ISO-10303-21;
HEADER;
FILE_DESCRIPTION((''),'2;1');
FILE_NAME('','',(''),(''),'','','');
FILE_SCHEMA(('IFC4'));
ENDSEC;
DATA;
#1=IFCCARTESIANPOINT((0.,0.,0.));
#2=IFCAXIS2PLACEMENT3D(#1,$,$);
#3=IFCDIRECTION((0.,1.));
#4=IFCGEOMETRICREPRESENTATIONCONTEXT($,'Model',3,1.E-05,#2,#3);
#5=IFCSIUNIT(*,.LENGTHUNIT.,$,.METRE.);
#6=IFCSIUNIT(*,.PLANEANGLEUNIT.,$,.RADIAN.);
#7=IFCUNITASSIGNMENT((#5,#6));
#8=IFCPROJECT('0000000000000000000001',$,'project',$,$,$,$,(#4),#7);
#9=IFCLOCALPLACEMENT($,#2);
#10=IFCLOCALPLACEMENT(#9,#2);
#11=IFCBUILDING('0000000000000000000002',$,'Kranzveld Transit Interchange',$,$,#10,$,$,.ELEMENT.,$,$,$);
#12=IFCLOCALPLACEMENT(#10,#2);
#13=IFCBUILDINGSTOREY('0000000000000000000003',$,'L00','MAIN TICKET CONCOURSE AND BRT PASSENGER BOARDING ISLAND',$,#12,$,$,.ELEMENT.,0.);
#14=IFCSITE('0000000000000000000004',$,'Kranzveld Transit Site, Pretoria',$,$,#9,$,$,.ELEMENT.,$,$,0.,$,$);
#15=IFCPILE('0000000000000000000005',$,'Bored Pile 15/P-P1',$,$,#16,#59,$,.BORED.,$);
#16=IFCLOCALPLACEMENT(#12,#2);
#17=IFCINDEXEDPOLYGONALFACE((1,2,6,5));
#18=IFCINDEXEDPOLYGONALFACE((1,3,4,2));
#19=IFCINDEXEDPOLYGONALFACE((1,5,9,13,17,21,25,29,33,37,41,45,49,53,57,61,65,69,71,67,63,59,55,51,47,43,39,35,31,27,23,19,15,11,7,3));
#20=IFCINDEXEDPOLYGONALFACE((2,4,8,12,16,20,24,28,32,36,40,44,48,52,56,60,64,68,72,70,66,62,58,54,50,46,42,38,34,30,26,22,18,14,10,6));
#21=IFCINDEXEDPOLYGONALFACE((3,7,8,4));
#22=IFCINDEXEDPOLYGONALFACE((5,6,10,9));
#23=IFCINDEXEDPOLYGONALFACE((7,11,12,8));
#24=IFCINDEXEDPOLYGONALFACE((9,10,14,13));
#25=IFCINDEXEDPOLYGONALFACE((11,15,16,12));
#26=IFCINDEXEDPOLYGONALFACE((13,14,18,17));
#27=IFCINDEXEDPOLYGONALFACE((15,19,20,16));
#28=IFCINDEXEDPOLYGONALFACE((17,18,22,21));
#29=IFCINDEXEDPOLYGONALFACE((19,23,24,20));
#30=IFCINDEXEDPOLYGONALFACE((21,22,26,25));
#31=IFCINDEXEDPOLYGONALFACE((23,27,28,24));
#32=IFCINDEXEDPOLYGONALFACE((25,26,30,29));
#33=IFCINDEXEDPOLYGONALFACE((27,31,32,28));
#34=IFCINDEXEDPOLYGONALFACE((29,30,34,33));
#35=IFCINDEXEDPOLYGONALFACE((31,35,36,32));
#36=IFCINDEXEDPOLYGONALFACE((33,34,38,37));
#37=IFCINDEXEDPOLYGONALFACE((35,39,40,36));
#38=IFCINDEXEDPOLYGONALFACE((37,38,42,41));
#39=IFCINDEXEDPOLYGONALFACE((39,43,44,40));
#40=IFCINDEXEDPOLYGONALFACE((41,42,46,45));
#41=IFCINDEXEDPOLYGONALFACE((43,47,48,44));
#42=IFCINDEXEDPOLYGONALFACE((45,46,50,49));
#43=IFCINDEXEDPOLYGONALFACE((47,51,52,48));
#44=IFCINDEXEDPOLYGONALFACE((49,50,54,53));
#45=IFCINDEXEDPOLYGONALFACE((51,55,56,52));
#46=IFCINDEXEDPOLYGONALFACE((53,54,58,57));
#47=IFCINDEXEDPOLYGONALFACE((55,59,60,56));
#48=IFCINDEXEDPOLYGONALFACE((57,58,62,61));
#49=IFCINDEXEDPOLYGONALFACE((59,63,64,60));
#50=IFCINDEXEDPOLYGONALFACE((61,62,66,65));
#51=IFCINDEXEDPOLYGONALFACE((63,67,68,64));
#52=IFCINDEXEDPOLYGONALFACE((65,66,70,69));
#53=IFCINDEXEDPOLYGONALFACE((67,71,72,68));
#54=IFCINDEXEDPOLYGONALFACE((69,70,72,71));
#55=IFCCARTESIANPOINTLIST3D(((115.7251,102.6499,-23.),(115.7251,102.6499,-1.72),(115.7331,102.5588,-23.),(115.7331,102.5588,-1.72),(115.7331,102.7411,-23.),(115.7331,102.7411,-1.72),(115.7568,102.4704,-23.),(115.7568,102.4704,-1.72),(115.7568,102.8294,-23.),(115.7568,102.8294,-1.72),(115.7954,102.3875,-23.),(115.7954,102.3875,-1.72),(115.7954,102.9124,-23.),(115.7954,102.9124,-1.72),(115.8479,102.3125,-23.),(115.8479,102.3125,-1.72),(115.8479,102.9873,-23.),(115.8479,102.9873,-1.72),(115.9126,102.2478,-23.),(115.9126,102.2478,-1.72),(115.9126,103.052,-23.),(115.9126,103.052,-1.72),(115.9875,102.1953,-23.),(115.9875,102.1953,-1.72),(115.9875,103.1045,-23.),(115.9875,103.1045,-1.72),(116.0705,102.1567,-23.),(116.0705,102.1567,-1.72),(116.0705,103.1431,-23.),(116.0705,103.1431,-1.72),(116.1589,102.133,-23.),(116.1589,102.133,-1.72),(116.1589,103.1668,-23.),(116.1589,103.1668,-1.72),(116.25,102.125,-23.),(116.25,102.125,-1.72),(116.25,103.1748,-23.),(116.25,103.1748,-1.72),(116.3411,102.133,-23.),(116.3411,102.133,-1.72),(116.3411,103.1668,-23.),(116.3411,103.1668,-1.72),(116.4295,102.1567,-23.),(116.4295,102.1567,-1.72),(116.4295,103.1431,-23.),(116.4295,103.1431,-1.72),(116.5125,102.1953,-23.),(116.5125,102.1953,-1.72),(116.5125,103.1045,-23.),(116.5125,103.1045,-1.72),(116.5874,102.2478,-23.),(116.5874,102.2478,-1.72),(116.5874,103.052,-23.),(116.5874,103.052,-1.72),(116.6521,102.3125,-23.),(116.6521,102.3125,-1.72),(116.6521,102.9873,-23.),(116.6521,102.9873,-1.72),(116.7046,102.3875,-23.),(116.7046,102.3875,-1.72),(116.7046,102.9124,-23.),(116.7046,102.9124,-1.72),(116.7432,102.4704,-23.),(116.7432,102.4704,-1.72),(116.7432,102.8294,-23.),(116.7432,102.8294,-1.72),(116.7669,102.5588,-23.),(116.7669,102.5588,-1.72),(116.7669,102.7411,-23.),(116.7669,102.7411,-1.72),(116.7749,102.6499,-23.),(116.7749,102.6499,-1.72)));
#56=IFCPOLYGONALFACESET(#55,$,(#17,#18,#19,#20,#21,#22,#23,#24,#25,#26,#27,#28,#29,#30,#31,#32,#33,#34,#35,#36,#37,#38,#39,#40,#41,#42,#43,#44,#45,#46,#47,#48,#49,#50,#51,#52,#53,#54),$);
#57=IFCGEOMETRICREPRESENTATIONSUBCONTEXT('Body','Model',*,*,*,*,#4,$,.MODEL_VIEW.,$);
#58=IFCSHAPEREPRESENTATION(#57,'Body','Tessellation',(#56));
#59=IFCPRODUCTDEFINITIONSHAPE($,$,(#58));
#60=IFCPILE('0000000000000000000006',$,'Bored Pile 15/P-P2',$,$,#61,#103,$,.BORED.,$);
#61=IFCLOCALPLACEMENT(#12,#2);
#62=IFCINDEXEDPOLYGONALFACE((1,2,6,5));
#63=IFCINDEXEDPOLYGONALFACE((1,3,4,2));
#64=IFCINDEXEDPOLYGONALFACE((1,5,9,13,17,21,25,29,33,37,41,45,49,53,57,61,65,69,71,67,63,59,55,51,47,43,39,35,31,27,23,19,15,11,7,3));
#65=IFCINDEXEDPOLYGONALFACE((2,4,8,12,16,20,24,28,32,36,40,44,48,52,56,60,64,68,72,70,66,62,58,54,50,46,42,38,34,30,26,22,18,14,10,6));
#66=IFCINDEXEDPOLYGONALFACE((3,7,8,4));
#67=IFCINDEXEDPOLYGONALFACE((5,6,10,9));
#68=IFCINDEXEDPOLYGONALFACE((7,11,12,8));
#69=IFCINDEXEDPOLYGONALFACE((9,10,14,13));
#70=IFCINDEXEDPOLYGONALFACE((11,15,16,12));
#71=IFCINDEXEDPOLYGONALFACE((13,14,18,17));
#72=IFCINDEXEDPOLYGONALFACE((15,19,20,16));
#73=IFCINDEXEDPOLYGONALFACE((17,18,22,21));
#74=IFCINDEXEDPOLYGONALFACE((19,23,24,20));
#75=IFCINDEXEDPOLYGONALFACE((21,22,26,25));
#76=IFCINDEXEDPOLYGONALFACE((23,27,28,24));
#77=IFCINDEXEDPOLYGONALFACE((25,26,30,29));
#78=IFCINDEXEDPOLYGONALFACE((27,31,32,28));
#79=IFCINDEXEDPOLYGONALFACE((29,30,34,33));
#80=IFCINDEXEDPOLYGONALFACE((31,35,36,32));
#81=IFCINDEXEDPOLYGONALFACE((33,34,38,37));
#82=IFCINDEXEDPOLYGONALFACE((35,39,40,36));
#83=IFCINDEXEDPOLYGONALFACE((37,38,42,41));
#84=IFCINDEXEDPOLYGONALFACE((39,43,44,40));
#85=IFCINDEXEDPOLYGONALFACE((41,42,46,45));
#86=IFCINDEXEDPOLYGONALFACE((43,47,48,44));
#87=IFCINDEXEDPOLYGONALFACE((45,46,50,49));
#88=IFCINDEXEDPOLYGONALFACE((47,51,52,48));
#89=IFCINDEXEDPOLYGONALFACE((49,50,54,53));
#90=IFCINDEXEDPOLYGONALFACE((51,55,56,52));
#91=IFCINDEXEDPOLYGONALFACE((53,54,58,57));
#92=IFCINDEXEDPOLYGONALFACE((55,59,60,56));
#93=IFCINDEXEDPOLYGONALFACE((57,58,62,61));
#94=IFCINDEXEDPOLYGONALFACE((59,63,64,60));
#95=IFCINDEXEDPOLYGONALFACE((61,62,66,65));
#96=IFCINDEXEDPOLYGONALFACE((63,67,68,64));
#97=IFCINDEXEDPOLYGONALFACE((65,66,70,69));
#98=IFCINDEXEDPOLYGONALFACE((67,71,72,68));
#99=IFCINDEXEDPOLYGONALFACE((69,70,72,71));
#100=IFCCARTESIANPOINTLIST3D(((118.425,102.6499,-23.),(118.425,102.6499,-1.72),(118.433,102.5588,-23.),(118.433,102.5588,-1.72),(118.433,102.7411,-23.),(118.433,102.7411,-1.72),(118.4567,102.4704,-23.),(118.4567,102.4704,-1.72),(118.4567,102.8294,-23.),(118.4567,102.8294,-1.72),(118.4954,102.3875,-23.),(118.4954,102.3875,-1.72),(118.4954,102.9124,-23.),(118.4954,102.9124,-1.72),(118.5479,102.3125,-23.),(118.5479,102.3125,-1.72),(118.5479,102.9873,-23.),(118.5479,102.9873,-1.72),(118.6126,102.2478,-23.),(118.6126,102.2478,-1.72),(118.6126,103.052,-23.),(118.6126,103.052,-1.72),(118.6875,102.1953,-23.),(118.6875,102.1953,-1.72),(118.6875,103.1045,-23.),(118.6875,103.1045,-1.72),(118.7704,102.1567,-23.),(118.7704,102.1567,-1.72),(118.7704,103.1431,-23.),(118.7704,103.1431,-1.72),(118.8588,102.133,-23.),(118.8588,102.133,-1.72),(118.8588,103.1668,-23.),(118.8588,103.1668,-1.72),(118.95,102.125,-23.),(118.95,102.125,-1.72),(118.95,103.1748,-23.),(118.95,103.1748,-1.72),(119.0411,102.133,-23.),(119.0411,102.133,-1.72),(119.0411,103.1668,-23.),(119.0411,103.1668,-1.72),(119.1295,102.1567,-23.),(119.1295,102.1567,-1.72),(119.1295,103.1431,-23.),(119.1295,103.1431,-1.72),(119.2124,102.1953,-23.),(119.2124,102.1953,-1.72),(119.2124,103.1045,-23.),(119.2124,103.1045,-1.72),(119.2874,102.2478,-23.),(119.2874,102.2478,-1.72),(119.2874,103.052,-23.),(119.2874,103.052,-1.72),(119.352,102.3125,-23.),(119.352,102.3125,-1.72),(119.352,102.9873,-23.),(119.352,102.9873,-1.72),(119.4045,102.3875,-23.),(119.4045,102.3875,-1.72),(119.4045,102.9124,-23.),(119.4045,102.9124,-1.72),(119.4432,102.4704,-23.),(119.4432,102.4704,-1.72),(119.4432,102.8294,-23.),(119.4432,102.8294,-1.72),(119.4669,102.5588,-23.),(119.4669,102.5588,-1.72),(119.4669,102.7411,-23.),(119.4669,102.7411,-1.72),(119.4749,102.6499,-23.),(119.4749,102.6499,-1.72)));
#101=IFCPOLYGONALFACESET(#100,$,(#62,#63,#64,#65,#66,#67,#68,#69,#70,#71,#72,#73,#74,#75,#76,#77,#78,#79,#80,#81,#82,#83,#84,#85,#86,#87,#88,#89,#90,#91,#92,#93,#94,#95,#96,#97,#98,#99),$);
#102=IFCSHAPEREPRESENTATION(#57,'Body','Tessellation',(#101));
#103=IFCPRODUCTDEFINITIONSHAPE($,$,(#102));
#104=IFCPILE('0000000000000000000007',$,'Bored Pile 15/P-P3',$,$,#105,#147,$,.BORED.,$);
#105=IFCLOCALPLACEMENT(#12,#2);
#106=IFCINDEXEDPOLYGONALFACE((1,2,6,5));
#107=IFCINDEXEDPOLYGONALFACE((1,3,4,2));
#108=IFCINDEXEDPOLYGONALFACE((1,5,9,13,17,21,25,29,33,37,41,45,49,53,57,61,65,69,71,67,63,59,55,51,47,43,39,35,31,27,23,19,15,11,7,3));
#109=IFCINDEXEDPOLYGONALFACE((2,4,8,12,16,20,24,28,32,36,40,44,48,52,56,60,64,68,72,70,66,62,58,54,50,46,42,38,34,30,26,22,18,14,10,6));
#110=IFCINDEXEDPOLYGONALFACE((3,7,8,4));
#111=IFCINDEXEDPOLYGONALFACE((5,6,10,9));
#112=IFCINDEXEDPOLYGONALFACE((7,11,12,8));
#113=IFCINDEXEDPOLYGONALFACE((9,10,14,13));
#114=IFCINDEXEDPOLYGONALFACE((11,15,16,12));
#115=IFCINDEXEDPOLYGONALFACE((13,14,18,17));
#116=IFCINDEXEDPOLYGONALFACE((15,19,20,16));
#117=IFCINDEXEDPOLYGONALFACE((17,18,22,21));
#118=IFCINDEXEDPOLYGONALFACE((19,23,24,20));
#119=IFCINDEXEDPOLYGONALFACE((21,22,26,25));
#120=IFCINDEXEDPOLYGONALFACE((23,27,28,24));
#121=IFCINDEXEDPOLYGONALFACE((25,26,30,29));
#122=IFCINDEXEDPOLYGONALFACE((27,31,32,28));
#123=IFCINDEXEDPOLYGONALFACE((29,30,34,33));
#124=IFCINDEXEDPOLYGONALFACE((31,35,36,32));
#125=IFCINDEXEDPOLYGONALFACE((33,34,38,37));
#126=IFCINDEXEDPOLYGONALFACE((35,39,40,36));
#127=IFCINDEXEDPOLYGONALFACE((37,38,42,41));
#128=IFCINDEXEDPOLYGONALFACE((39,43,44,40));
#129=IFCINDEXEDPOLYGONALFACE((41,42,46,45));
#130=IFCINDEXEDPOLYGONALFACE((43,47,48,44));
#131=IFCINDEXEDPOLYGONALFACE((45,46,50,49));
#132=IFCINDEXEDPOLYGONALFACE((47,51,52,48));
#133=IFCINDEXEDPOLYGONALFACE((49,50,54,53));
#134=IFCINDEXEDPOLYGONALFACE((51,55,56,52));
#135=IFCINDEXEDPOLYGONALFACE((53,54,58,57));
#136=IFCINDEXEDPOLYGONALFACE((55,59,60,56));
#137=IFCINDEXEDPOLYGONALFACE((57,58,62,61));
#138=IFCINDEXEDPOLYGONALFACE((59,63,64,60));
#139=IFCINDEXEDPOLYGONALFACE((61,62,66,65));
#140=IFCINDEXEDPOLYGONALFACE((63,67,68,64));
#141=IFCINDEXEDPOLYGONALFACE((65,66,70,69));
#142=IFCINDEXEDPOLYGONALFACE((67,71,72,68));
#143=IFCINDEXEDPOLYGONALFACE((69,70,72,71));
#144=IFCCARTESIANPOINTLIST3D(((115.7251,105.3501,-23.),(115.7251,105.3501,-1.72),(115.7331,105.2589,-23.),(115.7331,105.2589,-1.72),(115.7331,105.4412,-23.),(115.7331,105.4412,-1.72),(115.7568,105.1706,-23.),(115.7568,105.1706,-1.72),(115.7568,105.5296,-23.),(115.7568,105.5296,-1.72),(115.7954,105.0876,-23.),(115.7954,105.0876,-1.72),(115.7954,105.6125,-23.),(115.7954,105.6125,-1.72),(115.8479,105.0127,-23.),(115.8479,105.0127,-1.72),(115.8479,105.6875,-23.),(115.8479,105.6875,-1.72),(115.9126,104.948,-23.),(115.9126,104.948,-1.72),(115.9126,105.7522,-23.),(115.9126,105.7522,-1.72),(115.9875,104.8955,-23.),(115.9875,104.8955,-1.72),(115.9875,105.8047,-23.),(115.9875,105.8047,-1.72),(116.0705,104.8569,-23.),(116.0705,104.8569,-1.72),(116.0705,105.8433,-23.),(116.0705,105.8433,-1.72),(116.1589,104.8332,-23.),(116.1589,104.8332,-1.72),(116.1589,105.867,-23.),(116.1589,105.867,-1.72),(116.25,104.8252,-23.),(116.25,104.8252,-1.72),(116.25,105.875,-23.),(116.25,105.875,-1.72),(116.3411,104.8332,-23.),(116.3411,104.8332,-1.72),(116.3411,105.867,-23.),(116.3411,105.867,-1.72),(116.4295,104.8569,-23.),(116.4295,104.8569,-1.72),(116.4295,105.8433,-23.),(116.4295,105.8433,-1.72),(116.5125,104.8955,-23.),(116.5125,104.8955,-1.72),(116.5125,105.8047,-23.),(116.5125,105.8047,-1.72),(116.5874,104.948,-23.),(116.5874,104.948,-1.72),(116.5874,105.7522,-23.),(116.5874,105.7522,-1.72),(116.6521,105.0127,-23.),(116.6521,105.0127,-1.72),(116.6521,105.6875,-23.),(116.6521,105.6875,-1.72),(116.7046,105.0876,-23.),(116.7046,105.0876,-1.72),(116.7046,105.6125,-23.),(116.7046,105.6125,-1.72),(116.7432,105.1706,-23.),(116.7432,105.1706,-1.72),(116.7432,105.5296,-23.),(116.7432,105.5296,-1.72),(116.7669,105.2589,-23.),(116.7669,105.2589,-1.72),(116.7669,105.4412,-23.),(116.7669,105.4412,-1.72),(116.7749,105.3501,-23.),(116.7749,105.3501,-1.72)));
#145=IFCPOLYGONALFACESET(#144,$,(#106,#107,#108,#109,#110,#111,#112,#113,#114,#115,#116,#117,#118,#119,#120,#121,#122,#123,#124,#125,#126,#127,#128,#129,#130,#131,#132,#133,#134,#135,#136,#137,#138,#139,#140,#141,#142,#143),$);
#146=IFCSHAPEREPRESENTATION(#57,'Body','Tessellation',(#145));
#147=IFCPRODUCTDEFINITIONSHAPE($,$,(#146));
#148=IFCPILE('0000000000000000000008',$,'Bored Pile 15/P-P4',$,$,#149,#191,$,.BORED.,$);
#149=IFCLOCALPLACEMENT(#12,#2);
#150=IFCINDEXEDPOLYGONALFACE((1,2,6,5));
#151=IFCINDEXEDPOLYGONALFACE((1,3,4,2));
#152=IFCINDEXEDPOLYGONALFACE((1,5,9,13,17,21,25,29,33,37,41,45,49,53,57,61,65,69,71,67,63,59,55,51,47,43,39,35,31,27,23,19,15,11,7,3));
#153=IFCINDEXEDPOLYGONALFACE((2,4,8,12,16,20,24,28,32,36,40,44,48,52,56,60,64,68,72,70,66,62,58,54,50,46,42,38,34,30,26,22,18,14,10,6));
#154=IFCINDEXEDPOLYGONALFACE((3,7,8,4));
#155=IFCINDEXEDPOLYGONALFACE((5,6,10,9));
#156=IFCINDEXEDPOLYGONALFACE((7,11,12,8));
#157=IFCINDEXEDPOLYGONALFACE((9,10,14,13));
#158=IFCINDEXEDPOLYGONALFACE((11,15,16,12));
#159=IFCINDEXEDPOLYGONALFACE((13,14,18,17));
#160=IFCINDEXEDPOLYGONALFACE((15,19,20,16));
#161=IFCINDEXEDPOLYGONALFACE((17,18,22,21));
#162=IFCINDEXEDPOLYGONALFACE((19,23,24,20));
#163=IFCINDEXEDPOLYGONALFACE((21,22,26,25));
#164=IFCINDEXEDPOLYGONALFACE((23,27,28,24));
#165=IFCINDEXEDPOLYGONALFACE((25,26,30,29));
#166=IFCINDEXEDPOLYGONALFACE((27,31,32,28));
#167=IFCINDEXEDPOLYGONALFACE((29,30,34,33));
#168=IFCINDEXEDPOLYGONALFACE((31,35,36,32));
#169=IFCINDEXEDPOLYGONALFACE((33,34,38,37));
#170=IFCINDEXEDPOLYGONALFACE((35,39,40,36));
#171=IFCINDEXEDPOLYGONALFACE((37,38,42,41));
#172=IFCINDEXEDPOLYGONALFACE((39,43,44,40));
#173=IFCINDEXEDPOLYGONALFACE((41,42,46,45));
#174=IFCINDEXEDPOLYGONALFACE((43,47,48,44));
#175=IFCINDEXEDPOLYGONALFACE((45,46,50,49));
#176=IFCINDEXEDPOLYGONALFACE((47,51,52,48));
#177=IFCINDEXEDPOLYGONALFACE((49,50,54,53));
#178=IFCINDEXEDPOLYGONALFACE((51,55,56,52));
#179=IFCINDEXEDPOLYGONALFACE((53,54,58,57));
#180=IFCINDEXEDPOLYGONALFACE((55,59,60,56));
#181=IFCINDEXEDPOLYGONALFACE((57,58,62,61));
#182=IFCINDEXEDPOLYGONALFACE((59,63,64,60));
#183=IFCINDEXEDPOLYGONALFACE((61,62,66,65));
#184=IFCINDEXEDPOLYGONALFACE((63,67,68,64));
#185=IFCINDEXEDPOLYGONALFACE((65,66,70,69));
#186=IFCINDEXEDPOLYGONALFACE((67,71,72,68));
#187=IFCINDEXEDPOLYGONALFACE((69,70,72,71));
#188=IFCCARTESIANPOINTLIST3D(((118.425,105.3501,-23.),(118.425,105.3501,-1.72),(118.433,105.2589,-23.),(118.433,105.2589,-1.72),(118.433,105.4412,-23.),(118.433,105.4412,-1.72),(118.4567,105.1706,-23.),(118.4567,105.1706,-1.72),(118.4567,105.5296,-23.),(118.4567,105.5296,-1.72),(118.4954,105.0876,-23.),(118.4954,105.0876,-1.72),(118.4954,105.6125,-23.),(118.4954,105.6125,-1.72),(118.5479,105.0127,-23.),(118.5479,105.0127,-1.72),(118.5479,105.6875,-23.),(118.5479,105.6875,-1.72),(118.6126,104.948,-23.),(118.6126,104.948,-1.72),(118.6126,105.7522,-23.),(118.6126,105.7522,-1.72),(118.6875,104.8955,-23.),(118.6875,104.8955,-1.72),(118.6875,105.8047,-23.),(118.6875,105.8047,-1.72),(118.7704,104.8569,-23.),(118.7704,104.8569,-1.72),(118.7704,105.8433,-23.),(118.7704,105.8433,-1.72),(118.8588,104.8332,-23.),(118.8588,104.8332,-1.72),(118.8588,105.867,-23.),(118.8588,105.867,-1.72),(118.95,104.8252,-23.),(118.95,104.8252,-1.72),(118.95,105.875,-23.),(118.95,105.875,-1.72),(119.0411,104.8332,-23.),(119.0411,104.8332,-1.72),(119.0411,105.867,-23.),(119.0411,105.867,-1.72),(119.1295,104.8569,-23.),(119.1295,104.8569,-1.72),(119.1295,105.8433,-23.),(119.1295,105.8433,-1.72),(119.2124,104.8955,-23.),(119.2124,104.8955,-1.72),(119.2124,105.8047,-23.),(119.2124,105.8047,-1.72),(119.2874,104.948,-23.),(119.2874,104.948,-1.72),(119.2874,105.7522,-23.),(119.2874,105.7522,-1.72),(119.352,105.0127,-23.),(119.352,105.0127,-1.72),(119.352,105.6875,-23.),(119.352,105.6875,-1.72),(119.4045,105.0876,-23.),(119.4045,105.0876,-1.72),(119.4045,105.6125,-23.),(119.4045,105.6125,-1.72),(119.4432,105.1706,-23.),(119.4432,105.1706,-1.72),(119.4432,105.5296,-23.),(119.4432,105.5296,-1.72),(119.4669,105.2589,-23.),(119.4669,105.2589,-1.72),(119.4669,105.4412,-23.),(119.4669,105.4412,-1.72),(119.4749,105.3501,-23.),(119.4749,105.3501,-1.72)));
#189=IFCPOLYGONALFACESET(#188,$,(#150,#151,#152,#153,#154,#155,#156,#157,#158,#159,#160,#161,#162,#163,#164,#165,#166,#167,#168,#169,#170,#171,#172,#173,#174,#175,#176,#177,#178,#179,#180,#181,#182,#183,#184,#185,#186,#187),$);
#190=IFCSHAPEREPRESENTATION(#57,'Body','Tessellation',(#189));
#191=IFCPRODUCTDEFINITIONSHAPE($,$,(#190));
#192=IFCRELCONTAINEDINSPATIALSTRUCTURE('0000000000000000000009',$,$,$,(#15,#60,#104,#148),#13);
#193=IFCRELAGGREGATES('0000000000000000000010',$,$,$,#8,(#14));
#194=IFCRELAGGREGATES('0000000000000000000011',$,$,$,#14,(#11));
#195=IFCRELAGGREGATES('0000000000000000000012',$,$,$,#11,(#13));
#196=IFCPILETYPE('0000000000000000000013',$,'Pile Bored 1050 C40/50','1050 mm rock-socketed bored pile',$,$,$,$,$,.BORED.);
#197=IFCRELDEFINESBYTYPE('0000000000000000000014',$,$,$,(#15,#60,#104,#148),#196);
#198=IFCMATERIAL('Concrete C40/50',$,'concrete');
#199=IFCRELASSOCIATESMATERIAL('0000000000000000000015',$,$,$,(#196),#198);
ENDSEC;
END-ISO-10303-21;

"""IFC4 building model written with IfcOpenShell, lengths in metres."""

from ifc_helpers import new_model, si_unit, direction, frame, origin, origin_2d, place, context, subcontext, project, spatial, circle, extrude, material, material_profile, profile_set, type_object, element, save


model = new_model("IFC4")

# Units and contexts
model_context = context("Model", 3, precision=1e-05, world=origin(), true_north=direction((0.0, 1.0)))
body_context = subcontext(model_context, "Body", "Model", "MODEL_VIEW")
ifc_project = project(units=[si_unit("LENGTHUNIT", "METRE"), si_unit("PLANEANGLEUNIT", "RADIAN")], contexts=[model_context])

# Site, building, storey
site_placement = place(None, origin())
site = spatial("IfcSite", under=ifc_project, at=site_placement, Name="Kranzveld Transit Site, Pretoria", CompositionType="ELEMENT", RefElevation=0.0)
building_placement = place(site_placement, origin())
building = spatial("IfcBuilding", under=site, at=building_placement, Name="Kranzveld Transit Interchange", CompositionType="ELEMENT")
storey_placement = place(building_placement, origin())
storey = spatial("IfcBuildingStorey", under=building, at=storey_placement, Name="L00", Description="MAIN TICKET CONCOURSE AND BRT PASSENGER BOARDING ISLAND", CompositionType="ELEMENT", Elevation=0.0)

# Piles
ifc_material_1 = material(Name="Concrete C40/50", Category="concrete")
ifc_material_profile_1 = material_profile(ifc_material_1, circle(Radius=0.5249, at=origin_2d()), Name="BORED PILE 1050")
ifc_profile_set_1 = profile_set([ifc_material_profile_1], Name="Concrete C40/50")
pile_type = type_object("IfcPileType", Name="Pile Bored 1050 C40/50", Description="1050 mm rock-socketed bored pile", PredefinedType="BORED", material=ifc_profile_set_1)
for number, where, z_axis, x_axis, name in (
    (1, (116.25, 102.6499, -1.72), (0.0, 0.0, -1.0), (1.0, 0.0, 0.0), "Bored Pile 15/P-P1"),
    (2, (118.95, 102.6499, -1.72), (0.0, 0.0, -1.0), (1.0, 0.0, 0.0), "Bored Pile 15/P-P2"),
    (3, (116.25, 105.3501, -1.72), (0.0, 0.0, -1.0), (1.0, 0.0, 0.0), "Bored Pile 15/P-P3"),
    (4, (118.95, 105.3501, -1.72), (0.0, 0.0, -1.0), (1.0, 0.0, 0.0), "Bored Pile 15/P-P4"),
):
    element("IfcPile", number, at=place(storey_placement, frame(where, z_axis=z_axis, x_axis=x_axis)), inside=storey, type_object=pile_type, Name=name, PredefinedType="BORED", context=body_context, shape_type="SweptSolid", body=[
        extrude(circle(Radius=0.5249, at=origin_2d()), origin(), (0.0, 0.0, 1.0), 21.28),
    ])

save(model, "model.ifc")
